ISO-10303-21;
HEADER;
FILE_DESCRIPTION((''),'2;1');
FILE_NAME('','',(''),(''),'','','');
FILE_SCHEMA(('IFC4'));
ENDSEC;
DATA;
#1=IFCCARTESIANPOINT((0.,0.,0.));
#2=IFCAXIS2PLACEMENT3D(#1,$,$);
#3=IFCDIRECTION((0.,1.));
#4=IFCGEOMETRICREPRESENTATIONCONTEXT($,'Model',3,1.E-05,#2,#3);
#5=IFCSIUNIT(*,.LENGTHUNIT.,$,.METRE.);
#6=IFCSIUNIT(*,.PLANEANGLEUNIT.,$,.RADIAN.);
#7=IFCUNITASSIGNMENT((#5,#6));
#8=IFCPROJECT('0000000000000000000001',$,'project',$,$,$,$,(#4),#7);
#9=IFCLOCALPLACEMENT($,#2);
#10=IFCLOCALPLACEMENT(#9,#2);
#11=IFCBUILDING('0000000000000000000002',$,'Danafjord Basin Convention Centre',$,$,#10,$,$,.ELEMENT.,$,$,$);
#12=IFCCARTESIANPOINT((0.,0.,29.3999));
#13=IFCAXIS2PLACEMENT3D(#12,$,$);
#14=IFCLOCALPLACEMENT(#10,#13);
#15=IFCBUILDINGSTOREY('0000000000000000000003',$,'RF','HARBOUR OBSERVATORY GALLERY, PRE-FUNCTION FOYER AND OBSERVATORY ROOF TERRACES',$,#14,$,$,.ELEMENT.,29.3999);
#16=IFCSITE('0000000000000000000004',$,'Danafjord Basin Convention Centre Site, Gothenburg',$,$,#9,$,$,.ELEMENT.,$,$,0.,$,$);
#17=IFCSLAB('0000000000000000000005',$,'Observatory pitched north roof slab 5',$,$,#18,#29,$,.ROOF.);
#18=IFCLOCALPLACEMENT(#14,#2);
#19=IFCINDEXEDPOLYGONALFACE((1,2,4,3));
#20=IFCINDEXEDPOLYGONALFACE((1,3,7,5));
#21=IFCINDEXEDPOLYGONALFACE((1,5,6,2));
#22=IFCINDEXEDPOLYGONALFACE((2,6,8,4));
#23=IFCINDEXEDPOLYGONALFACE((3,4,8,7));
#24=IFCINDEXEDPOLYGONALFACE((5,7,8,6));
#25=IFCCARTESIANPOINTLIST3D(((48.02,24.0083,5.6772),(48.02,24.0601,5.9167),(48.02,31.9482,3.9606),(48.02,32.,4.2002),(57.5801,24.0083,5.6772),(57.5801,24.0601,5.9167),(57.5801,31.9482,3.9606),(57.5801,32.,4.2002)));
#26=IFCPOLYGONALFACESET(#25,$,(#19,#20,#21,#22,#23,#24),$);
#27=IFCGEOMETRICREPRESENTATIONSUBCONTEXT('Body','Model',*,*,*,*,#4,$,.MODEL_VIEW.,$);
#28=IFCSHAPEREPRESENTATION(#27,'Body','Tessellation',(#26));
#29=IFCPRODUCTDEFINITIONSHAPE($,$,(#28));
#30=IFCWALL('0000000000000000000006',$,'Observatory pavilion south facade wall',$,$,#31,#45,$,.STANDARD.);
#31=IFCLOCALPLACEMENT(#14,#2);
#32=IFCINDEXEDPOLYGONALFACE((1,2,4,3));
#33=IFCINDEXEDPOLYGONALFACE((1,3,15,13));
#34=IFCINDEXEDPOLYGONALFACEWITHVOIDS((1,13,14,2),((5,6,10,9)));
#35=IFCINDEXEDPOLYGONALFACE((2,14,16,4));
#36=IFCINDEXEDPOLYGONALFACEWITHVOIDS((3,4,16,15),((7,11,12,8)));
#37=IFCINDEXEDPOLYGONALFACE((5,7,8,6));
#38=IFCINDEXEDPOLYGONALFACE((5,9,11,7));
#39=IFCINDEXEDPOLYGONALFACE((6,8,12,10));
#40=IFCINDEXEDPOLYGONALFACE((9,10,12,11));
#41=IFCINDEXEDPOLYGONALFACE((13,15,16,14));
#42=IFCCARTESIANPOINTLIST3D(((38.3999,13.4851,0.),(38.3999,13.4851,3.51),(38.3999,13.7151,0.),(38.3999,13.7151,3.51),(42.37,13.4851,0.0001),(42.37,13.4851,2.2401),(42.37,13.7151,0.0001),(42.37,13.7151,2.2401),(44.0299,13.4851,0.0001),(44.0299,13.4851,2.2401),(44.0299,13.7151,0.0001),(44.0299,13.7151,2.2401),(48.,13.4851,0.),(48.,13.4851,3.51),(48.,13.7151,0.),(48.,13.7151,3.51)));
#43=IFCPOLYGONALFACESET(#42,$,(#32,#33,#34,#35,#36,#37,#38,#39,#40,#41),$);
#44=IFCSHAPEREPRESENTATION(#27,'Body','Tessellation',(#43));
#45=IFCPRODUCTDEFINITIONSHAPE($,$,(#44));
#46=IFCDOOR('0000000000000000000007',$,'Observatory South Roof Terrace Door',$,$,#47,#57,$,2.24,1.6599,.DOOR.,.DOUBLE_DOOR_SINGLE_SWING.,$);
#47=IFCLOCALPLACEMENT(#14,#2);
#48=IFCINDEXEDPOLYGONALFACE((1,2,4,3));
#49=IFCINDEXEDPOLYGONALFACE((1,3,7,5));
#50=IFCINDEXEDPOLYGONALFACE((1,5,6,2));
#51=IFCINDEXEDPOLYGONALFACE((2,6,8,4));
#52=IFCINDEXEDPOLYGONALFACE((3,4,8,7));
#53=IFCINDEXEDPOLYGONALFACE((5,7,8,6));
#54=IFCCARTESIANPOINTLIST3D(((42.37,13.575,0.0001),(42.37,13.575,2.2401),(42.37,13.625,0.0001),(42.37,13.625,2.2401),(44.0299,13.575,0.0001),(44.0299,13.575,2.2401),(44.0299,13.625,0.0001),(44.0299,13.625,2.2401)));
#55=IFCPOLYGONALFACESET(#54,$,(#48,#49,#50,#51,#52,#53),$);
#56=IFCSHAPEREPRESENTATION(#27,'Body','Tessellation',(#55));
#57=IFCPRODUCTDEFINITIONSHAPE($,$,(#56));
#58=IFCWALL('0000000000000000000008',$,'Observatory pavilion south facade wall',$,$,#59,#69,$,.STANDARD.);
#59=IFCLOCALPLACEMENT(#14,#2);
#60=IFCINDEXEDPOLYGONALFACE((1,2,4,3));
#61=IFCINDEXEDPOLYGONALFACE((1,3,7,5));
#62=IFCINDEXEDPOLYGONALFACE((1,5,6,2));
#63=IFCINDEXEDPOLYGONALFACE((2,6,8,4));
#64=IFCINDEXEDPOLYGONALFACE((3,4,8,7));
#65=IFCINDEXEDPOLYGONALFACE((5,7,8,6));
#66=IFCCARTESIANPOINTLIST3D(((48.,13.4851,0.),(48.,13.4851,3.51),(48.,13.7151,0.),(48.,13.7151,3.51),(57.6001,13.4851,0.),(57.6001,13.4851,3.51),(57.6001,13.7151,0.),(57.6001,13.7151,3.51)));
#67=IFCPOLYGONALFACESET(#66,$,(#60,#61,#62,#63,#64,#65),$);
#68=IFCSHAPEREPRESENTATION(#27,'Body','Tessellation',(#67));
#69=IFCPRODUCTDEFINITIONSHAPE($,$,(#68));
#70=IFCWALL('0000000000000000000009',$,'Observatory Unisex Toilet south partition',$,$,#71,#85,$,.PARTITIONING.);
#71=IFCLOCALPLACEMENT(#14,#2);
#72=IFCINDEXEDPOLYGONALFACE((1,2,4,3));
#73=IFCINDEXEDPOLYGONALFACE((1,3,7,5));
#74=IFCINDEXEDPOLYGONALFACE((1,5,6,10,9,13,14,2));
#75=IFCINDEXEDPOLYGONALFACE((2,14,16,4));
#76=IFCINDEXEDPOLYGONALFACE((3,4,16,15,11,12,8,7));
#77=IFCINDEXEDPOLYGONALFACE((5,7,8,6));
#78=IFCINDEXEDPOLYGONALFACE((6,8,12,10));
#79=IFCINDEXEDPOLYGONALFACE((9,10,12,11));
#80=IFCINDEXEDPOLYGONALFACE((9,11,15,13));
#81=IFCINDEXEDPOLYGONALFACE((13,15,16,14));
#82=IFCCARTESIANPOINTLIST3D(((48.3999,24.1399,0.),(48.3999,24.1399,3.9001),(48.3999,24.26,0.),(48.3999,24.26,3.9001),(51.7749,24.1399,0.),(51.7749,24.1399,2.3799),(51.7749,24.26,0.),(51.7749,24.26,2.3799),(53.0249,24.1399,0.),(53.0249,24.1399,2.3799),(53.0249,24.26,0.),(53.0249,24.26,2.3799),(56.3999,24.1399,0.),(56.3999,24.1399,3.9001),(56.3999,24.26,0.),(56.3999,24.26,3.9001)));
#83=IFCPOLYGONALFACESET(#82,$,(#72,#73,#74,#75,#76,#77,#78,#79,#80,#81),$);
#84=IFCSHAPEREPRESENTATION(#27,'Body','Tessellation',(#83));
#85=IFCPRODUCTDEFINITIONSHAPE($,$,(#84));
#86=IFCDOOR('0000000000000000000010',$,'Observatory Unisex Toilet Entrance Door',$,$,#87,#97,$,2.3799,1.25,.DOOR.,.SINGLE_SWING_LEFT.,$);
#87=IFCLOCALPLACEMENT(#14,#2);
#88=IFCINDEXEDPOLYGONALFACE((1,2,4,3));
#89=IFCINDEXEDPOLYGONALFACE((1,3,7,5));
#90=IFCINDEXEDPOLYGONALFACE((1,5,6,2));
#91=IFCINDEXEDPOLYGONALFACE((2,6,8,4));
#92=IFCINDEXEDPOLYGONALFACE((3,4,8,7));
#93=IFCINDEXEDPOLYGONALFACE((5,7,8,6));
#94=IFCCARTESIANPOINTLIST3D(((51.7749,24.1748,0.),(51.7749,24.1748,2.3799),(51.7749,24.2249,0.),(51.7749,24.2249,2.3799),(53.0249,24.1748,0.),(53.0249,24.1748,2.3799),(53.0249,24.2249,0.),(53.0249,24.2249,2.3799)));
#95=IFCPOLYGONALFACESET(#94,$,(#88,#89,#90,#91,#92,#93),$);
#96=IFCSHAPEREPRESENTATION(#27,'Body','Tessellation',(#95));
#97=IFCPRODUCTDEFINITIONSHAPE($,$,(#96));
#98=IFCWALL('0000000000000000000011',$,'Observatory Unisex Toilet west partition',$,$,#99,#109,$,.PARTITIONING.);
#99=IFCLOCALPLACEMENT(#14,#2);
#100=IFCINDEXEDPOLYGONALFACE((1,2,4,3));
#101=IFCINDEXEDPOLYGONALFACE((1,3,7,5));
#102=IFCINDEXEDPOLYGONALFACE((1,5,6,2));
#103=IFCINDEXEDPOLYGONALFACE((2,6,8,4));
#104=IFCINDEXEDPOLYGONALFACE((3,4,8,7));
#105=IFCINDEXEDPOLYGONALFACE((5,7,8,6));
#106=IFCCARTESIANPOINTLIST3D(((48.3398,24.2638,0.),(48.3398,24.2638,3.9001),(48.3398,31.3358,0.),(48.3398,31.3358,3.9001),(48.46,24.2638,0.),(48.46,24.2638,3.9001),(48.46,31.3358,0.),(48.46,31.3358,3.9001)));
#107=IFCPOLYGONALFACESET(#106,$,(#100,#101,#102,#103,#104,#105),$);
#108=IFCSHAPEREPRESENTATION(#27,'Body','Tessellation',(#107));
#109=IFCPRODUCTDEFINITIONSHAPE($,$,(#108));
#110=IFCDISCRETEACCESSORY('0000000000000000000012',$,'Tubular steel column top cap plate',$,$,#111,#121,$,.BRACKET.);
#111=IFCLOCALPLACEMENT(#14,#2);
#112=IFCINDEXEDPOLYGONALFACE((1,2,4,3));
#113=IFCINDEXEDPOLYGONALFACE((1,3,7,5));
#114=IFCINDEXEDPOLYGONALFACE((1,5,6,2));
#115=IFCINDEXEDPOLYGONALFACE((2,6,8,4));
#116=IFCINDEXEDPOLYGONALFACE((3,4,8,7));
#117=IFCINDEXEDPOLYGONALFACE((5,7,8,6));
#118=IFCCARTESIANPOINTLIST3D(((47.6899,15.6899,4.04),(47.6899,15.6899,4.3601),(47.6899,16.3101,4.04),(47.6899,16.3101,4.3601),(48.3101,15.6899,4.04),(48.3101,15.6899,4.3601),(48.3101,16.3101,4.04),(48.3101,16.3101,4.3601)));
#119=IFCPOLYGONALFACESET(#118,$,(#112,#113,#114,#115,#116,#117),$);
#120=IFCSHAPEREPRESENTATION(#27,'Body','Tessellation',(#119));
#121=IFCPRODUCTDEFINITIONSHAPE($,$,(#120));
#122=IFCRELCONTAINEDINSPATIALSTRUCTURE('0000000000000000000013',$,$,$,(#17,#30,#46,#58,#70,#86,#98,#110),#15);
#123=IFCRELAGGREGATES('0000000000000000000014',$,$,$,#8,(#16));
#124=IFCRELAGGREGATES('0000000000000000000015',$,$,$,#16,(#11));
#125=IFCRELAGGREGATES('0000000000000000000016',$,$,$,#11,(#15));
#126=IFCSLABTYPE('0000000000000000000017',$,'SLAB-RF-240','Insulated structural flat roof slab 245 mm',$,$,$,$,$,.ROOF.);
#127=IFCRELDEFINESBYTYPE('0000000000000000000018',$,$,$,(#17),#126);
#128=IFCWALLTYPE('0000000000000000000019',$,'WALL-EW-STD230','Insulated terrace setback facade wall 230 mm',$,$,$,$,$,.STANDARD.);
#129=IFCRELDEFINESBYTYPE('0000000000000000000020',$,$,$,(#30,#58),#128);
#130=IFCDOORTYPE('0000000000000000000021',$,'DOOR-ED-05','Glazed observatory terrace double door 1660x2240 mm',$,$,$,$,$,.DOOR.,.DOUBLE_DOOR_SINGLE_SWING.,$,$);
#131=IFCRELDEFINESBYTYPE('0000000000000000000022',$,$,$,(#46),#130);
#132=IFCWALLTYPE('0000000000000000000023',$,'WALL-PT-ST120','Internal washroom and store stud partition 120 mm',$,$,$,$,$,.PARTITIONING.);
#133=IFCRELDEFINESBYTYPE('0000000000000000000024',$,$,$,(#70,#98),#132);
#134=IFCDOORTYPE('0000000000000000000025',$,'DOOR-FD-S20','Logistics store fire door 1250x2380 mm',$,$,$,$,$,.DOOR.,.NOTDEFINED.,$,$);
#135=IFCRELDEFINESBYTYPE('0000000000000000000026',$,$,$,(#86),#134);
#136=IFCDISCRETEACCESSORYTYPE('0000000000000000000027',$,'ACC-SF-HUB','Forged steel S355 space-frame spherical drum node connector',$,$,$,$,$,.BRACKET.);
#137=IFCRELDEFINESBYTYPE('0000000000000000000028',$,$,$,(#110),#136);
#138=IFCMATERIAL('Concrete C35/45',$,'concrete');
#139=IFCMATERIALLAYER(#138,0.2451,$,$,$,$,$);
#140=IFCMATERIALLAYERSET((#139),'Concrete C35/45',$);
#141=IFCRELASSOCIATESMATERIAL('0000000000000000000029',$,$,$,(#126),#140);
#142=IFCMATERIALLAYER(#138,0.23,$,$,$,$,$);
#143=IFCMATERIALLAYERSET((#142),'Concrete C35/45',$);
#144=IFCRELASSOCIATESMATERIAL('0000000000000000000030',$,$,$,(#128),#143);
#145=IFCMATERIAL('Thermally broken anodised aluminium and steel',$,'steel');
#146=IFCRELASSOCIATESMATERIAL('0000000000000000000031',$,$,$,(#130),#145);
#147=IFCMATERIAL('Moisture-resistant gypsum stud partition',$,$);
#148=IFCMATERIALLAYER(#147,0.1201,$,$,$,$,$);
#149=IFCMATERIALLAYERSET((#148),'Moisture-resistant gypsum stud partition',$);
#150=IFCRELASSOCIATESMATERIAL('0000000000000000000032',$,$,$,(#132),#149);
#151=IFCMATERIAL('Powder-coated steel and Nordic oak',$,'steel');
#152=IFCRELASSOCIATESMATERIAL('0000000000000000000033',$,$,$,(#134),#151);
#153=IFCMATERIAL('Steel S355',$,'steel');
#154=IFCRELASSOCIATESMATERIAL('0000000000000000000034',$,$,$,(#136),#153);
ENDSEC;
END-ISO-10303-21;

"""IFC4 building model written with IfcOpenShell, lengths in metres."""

from ifc_helpers import new_model, si_unit, direction, frame, frame_2d, origin, origin_2d, place, context, subcontext, project, spatial, polyline, rectangle, outline, extrude, material, layer, layer_set, type_object, element, fill, save


model = new_model("IFC4")

# Units and contexts
model_context = context("Model", 3, precision=1e-05, world=origin(), true_north=direction((0.0, 1.0)))
body_context = subcontext(model_context, "Body", "Model", "MODEL_VIEW")
ifc_project = project(units=[si_unit("LENGTHUNIT", "METRE"), si_unit("PLANEANGLEUNIT", "RADIAN")], contexts=[model_context])

# Site, building, storey
site_placement = place(None, origin())
site = spatial("IfcSite", under=ifc_project, at=site_placement, Name="Danafjord Basin Convention Centre Site, Gothenburg", CompositionType="ELEMENT", RefElevation=0.0)
building_placement = place(site_placement, origin())
building = spatial("IfcBuilding", under=site, at=building_placement, Name="Danafjord Basin Convention Centre", CompositionType="ELEMENT")
storey_placement = place(building_placement, frame((0.0, 0.0, 29.3999)))
storey = spatial("IfcBuildingStorey", under=building, at=storey_placement, Name="RF", Description="HARBOUR OBSERVATORY GALLERY, PRE-FUNCTION FOYER AND OBSERVATORY ROOF TERRACES", CompositionType="ELEMENT", Elevation=29.3999)

# Shared definitions
ifc_material_1 = material(Name="Steel S355", Category="steel")

# Slab
ifc_material_2 = material(Name="Concrete C35/45", Category="concrete")
ifc_layer_1 = layer(ifc_material_2, 0.2451)
ifc_layer_set_1 = layer_set([ifc_layer_1], Name="Concrete C35/45")
slab_type = type_object("IfcSlabType", Name="SLAB-RF-240", Description="Insulated structural flat roof slab 245 mm", PredefinedType="ROOF", material=ifc_layer_set_1)
for number, where, z_axis, x_axis, name in (
    (1, (48.02, 24.0601, 5.9167), (0.0, 0.21131, 0.977419), (1.0, 0.0, 0.0), "Observatory pitched north roof slab 5"),
):
    element("IfcSlab", number, at=place(storey_placement, frame(where, z_axis=z_axis, x_axis=x_axis)), inside=storey, type_object=slab_type, Name=name, PredefinedType="ROOF", context=body_context, shape_type="SweptSolid", body=[
        extrude(outline(polyline([(0.0, 0.0), (9.5601, 0.0), (9.5601, 8.1234), (0.0, 8.1234), (0.0, 0.0)])), origin(), (0.0, 0.0, -1.0), 0.2451),
    ])

# Wall, opening, door
ifc_layer_2 = layer(ifc_material_2, 0.23)
ifc_layer_set_2 = layer_set([ifc_layer_2], Name="Concrete C35/45")
wall_type_1 = type_object("IfcWallType", Name="WALL-EW-STD230", Description="Insulated terrace setback facade wall 230 mm", PredefinedType="STANDARD", material=ifc_layer_set_2)
wall_1_placement = place(storey_placement, frame((38.3999, 13.6001, 0.0), z_axis=(0.0, 0.0, 1.0), x_axis=(1.0, 0.0, 0.0)))
wall_1 = element("IfcWall", 2, at=wall_1_placement, inside=storey, type_object=wall_type_1, Name="Observatory pavilion south facade wall", PredefinedType="STANDARD", context=body_context, shape_type="SweptSolid", body=[
    extrude(rectangle(XDim=9.6001, YDim=0.23, at=frame_2d((4.8, 0.0))), origin(), (0.0, 0.0, 1.0), 3.51),
])
opening_1_placement = place(wall_1_placement, frame((3.97, 0.0, 0.0)))
opening_1 = element("IfcOpeningElement", 3, at=opening_1_placement, cuts=wall_1, PredefinedType="OPENING", context=body_context, shape_type="SweptSolid", body=[
    extrude(rectangle(XDim=1.6599, YDim=2.24, at=frame_2d((0.8301, 1.1201))), frame((0.0, 0.125, 0.0), z_axis=(0.0, -1.0, 0.0), x_axis=(1.0, 0.0, 0.0)), (0.0, 0.0, 1.0), 0.25),
])
ifc_material_3 = material(Name="Thermally broken anodised aluminium and steel", Category="steel")
door_type_1 = type_object("IfcDoorType", Name="DOOR-ED-05", Description="Glazed observatory terrace double door 1660x2240 mm", OperationType="DOUBLE_DOOR_SINGLE_SWING", PredefinedType="DOOR", material=ifc_material_3)
door_1_placement = place(opening_1_placement, origin())
door_1 = element("IfcDoor", 4, at=door_1_placement, inside=storey, type_object=door_type_1, Name="Observatory South Roof Terrace Door", OperationType="DOUBLE_DOOR_SINGLE_SWING", OverallHeight=2.24, OverallWidth=1.6599, PredefinedType="DOOR", context=body_context, shape_type="SweptSolid", body=[
    extrude(rectangle(XDim=1.6599, YDim=2.24, at=frame_2d((0.8301, 1.1201))), frame((0.0, 0.0249, 0.0), z_axis=(0.0, -1.0, 0.0), x_axis=(1.0, 0.0, 0.0)), (0.0, 0.0, 1.0), 0.05),
])
fill(opening_1, door_1)

# Wall
wall_2_placement = place(storey_placement, frame((48.0, 13.6001, 0.0), z_axis=(0.0, 0.0, 1.0), x_axis=(1.0, 0.0, 0.0)))
element("IfcWall", 5, at=wall_2_placement, inside=storey, type_object=wall_type_1, Name="Observatory pavilion south facade wall", PredefinedType="STANDARD", context=body_context, shape_type="SweptSolid", body=[
    extrude(rectangle(XDim=9.6001, YDim=0.23, at=frame_2d((4.8, 0.0))), origin(), (0.0, 0.0, 1.0), 3.51),
])

# Wall, opening, door
ifc_material_4 = material(Name="Moisture-resistant gypsum stud partition")
ifc_layer_3 = layer(ifc_material_4, 0.1201)
ifc_layer_set_3 = layer_set([ifc_layer_3], Name="Moisture-resistant gypsum stud partition")
wall_type_2 = type_object("IfcWallType", Name="WALL-PT-ST120", Description="Internal washroom and store stud partition 120 mm", PredefinedType="PARTITIONING", material=ifc_layer_set_3)
wall_3_placement = place(storey_placement, frame((48.3999, 24.2, 0.0), z_axis=(0.0, 0.0, 1.0), x_axis=(1.0, 0.0, 0.0)))
wall_3 = element("IfcWall", 6, at=wall_3_placement, inside=storey, type_object=wall_type_2, Name="Observatory Unisex Toilet south partition", PredefinedType="PARTITIONING", context=body_context, shape_type="SweptSolid", body=[
    extrude(rectangle(XDim=8.0, YDim=0.1201, at=frame_2d((4.0, 0.0))), origin(), (0.0, 0.0, 1.0), 3.9001),
])
opening_2_placement = place(wall_3_placement, frame((3.375, 0.0, 0.0)))
opening_2 = element("IfcOpeningElement", 7, at=opening_2_placement, cuts=wall_3, PredefinedType="OPENING", context=body_context, shape_type="SweptSolid", body=[
    extrude(rectangle(XDim=1.25, YDim=2.3799, at=frame_2d((0.625, 1.1899))), frame((0.0, 0.0701, 0.0), z_axis=(0.0, -1.0, 0.0), x_axis=(1.0, 0.0, 0.0)), (0.0, 0.0, 1.0), 0.1401),
])
ifc_material_5 = material(Name="Powder-coated steel and Nordic oak", Category="steel")
door_type_2 = type_object("IfcDoorType", Name="DOOR-FD-S20", Description="Logistics store fire door 1250x2380 mm", OperationType="NOTDEFINED", PredefinedType="DOOR", material=ifc_material_5)
door_2_placement = place(opening_2_placement, origin())
door_2 = element("IfcDoor", 8, at=door_2_placement, inside=storey, type_object=door_type_2, Name="Observatory Unisex Toilet Entrance Door", OperationType="SINGLE_SWING_LEFT", OverallHeight=2.3799, OverallWidth=1.25, PredefinedType="DOOR", context=body_context, shape_type="SweptSolid", body=[
    extrude(rectangle(XDim=1.25, YDim=2.3799, at=frame_2d((0.625, 1.1899))), frame((0.0, 0.0249, 0.0), z_axis=(0.0, -1.0, 0.0), x_axis=(1.0, 0.0, 0.0)), (0.0, 0.0, 1.0), 0.05),
])
fill(opening_2, door_2)

# Wall
wall_4_placement = place(storey_placement, frame((48.3999, 31.3359, 0.0), z_axis=(0.0, 0.0, 1.0), x_axis=(0.0, -1.0, 0.0)))
element("IfcWall", 9, at=wall_4_placement, inside=storey, type_object=wall_type_2, Name="Observatory Unisex Toilet west partition", PredefinedType="PARTITIONING", context=body_context, shape_type="SweptSolid", body=[
    extrude(rectangle(XDim=7.072, YDim=0.1201, at=frame_2d((3.5361, 0.0))), origin(), (0.0, 0.0, 1.0), 3.9001),
])

# Discrete accessory
discrete_accessory_type = type_object("IfcDiscreteAccessoryType", Name="ACC-SF-HUB", Description="Forged steel S355 space-frame spherical drum node connector", PredefinedType="BRACKET", material=ifc_material_1)
discrete_accessory_placement = place(storey_placement, frame((48.0, 16.0, 4.04), z_axis=(0.0, 0.0, 1.0), x_axis=(1.0, 0.0, 0.0)))
element("IfcDiscreteAccessory", 10, at=discrete_accessory_placement, inside=storey, type_object=discrete_accessory_type, Name="Tubular steel column top cap plate", PredefinedType="BRACKET", context=body_context, shape_type="SweptSolid", body=[
    extrude(rectangle(XDim=0.6201, YDim=0.6201, at=origin_2d()), origin(), (0.0, 0.0, 1.0), 0.3201),
])

save(model, "model.ifc")
